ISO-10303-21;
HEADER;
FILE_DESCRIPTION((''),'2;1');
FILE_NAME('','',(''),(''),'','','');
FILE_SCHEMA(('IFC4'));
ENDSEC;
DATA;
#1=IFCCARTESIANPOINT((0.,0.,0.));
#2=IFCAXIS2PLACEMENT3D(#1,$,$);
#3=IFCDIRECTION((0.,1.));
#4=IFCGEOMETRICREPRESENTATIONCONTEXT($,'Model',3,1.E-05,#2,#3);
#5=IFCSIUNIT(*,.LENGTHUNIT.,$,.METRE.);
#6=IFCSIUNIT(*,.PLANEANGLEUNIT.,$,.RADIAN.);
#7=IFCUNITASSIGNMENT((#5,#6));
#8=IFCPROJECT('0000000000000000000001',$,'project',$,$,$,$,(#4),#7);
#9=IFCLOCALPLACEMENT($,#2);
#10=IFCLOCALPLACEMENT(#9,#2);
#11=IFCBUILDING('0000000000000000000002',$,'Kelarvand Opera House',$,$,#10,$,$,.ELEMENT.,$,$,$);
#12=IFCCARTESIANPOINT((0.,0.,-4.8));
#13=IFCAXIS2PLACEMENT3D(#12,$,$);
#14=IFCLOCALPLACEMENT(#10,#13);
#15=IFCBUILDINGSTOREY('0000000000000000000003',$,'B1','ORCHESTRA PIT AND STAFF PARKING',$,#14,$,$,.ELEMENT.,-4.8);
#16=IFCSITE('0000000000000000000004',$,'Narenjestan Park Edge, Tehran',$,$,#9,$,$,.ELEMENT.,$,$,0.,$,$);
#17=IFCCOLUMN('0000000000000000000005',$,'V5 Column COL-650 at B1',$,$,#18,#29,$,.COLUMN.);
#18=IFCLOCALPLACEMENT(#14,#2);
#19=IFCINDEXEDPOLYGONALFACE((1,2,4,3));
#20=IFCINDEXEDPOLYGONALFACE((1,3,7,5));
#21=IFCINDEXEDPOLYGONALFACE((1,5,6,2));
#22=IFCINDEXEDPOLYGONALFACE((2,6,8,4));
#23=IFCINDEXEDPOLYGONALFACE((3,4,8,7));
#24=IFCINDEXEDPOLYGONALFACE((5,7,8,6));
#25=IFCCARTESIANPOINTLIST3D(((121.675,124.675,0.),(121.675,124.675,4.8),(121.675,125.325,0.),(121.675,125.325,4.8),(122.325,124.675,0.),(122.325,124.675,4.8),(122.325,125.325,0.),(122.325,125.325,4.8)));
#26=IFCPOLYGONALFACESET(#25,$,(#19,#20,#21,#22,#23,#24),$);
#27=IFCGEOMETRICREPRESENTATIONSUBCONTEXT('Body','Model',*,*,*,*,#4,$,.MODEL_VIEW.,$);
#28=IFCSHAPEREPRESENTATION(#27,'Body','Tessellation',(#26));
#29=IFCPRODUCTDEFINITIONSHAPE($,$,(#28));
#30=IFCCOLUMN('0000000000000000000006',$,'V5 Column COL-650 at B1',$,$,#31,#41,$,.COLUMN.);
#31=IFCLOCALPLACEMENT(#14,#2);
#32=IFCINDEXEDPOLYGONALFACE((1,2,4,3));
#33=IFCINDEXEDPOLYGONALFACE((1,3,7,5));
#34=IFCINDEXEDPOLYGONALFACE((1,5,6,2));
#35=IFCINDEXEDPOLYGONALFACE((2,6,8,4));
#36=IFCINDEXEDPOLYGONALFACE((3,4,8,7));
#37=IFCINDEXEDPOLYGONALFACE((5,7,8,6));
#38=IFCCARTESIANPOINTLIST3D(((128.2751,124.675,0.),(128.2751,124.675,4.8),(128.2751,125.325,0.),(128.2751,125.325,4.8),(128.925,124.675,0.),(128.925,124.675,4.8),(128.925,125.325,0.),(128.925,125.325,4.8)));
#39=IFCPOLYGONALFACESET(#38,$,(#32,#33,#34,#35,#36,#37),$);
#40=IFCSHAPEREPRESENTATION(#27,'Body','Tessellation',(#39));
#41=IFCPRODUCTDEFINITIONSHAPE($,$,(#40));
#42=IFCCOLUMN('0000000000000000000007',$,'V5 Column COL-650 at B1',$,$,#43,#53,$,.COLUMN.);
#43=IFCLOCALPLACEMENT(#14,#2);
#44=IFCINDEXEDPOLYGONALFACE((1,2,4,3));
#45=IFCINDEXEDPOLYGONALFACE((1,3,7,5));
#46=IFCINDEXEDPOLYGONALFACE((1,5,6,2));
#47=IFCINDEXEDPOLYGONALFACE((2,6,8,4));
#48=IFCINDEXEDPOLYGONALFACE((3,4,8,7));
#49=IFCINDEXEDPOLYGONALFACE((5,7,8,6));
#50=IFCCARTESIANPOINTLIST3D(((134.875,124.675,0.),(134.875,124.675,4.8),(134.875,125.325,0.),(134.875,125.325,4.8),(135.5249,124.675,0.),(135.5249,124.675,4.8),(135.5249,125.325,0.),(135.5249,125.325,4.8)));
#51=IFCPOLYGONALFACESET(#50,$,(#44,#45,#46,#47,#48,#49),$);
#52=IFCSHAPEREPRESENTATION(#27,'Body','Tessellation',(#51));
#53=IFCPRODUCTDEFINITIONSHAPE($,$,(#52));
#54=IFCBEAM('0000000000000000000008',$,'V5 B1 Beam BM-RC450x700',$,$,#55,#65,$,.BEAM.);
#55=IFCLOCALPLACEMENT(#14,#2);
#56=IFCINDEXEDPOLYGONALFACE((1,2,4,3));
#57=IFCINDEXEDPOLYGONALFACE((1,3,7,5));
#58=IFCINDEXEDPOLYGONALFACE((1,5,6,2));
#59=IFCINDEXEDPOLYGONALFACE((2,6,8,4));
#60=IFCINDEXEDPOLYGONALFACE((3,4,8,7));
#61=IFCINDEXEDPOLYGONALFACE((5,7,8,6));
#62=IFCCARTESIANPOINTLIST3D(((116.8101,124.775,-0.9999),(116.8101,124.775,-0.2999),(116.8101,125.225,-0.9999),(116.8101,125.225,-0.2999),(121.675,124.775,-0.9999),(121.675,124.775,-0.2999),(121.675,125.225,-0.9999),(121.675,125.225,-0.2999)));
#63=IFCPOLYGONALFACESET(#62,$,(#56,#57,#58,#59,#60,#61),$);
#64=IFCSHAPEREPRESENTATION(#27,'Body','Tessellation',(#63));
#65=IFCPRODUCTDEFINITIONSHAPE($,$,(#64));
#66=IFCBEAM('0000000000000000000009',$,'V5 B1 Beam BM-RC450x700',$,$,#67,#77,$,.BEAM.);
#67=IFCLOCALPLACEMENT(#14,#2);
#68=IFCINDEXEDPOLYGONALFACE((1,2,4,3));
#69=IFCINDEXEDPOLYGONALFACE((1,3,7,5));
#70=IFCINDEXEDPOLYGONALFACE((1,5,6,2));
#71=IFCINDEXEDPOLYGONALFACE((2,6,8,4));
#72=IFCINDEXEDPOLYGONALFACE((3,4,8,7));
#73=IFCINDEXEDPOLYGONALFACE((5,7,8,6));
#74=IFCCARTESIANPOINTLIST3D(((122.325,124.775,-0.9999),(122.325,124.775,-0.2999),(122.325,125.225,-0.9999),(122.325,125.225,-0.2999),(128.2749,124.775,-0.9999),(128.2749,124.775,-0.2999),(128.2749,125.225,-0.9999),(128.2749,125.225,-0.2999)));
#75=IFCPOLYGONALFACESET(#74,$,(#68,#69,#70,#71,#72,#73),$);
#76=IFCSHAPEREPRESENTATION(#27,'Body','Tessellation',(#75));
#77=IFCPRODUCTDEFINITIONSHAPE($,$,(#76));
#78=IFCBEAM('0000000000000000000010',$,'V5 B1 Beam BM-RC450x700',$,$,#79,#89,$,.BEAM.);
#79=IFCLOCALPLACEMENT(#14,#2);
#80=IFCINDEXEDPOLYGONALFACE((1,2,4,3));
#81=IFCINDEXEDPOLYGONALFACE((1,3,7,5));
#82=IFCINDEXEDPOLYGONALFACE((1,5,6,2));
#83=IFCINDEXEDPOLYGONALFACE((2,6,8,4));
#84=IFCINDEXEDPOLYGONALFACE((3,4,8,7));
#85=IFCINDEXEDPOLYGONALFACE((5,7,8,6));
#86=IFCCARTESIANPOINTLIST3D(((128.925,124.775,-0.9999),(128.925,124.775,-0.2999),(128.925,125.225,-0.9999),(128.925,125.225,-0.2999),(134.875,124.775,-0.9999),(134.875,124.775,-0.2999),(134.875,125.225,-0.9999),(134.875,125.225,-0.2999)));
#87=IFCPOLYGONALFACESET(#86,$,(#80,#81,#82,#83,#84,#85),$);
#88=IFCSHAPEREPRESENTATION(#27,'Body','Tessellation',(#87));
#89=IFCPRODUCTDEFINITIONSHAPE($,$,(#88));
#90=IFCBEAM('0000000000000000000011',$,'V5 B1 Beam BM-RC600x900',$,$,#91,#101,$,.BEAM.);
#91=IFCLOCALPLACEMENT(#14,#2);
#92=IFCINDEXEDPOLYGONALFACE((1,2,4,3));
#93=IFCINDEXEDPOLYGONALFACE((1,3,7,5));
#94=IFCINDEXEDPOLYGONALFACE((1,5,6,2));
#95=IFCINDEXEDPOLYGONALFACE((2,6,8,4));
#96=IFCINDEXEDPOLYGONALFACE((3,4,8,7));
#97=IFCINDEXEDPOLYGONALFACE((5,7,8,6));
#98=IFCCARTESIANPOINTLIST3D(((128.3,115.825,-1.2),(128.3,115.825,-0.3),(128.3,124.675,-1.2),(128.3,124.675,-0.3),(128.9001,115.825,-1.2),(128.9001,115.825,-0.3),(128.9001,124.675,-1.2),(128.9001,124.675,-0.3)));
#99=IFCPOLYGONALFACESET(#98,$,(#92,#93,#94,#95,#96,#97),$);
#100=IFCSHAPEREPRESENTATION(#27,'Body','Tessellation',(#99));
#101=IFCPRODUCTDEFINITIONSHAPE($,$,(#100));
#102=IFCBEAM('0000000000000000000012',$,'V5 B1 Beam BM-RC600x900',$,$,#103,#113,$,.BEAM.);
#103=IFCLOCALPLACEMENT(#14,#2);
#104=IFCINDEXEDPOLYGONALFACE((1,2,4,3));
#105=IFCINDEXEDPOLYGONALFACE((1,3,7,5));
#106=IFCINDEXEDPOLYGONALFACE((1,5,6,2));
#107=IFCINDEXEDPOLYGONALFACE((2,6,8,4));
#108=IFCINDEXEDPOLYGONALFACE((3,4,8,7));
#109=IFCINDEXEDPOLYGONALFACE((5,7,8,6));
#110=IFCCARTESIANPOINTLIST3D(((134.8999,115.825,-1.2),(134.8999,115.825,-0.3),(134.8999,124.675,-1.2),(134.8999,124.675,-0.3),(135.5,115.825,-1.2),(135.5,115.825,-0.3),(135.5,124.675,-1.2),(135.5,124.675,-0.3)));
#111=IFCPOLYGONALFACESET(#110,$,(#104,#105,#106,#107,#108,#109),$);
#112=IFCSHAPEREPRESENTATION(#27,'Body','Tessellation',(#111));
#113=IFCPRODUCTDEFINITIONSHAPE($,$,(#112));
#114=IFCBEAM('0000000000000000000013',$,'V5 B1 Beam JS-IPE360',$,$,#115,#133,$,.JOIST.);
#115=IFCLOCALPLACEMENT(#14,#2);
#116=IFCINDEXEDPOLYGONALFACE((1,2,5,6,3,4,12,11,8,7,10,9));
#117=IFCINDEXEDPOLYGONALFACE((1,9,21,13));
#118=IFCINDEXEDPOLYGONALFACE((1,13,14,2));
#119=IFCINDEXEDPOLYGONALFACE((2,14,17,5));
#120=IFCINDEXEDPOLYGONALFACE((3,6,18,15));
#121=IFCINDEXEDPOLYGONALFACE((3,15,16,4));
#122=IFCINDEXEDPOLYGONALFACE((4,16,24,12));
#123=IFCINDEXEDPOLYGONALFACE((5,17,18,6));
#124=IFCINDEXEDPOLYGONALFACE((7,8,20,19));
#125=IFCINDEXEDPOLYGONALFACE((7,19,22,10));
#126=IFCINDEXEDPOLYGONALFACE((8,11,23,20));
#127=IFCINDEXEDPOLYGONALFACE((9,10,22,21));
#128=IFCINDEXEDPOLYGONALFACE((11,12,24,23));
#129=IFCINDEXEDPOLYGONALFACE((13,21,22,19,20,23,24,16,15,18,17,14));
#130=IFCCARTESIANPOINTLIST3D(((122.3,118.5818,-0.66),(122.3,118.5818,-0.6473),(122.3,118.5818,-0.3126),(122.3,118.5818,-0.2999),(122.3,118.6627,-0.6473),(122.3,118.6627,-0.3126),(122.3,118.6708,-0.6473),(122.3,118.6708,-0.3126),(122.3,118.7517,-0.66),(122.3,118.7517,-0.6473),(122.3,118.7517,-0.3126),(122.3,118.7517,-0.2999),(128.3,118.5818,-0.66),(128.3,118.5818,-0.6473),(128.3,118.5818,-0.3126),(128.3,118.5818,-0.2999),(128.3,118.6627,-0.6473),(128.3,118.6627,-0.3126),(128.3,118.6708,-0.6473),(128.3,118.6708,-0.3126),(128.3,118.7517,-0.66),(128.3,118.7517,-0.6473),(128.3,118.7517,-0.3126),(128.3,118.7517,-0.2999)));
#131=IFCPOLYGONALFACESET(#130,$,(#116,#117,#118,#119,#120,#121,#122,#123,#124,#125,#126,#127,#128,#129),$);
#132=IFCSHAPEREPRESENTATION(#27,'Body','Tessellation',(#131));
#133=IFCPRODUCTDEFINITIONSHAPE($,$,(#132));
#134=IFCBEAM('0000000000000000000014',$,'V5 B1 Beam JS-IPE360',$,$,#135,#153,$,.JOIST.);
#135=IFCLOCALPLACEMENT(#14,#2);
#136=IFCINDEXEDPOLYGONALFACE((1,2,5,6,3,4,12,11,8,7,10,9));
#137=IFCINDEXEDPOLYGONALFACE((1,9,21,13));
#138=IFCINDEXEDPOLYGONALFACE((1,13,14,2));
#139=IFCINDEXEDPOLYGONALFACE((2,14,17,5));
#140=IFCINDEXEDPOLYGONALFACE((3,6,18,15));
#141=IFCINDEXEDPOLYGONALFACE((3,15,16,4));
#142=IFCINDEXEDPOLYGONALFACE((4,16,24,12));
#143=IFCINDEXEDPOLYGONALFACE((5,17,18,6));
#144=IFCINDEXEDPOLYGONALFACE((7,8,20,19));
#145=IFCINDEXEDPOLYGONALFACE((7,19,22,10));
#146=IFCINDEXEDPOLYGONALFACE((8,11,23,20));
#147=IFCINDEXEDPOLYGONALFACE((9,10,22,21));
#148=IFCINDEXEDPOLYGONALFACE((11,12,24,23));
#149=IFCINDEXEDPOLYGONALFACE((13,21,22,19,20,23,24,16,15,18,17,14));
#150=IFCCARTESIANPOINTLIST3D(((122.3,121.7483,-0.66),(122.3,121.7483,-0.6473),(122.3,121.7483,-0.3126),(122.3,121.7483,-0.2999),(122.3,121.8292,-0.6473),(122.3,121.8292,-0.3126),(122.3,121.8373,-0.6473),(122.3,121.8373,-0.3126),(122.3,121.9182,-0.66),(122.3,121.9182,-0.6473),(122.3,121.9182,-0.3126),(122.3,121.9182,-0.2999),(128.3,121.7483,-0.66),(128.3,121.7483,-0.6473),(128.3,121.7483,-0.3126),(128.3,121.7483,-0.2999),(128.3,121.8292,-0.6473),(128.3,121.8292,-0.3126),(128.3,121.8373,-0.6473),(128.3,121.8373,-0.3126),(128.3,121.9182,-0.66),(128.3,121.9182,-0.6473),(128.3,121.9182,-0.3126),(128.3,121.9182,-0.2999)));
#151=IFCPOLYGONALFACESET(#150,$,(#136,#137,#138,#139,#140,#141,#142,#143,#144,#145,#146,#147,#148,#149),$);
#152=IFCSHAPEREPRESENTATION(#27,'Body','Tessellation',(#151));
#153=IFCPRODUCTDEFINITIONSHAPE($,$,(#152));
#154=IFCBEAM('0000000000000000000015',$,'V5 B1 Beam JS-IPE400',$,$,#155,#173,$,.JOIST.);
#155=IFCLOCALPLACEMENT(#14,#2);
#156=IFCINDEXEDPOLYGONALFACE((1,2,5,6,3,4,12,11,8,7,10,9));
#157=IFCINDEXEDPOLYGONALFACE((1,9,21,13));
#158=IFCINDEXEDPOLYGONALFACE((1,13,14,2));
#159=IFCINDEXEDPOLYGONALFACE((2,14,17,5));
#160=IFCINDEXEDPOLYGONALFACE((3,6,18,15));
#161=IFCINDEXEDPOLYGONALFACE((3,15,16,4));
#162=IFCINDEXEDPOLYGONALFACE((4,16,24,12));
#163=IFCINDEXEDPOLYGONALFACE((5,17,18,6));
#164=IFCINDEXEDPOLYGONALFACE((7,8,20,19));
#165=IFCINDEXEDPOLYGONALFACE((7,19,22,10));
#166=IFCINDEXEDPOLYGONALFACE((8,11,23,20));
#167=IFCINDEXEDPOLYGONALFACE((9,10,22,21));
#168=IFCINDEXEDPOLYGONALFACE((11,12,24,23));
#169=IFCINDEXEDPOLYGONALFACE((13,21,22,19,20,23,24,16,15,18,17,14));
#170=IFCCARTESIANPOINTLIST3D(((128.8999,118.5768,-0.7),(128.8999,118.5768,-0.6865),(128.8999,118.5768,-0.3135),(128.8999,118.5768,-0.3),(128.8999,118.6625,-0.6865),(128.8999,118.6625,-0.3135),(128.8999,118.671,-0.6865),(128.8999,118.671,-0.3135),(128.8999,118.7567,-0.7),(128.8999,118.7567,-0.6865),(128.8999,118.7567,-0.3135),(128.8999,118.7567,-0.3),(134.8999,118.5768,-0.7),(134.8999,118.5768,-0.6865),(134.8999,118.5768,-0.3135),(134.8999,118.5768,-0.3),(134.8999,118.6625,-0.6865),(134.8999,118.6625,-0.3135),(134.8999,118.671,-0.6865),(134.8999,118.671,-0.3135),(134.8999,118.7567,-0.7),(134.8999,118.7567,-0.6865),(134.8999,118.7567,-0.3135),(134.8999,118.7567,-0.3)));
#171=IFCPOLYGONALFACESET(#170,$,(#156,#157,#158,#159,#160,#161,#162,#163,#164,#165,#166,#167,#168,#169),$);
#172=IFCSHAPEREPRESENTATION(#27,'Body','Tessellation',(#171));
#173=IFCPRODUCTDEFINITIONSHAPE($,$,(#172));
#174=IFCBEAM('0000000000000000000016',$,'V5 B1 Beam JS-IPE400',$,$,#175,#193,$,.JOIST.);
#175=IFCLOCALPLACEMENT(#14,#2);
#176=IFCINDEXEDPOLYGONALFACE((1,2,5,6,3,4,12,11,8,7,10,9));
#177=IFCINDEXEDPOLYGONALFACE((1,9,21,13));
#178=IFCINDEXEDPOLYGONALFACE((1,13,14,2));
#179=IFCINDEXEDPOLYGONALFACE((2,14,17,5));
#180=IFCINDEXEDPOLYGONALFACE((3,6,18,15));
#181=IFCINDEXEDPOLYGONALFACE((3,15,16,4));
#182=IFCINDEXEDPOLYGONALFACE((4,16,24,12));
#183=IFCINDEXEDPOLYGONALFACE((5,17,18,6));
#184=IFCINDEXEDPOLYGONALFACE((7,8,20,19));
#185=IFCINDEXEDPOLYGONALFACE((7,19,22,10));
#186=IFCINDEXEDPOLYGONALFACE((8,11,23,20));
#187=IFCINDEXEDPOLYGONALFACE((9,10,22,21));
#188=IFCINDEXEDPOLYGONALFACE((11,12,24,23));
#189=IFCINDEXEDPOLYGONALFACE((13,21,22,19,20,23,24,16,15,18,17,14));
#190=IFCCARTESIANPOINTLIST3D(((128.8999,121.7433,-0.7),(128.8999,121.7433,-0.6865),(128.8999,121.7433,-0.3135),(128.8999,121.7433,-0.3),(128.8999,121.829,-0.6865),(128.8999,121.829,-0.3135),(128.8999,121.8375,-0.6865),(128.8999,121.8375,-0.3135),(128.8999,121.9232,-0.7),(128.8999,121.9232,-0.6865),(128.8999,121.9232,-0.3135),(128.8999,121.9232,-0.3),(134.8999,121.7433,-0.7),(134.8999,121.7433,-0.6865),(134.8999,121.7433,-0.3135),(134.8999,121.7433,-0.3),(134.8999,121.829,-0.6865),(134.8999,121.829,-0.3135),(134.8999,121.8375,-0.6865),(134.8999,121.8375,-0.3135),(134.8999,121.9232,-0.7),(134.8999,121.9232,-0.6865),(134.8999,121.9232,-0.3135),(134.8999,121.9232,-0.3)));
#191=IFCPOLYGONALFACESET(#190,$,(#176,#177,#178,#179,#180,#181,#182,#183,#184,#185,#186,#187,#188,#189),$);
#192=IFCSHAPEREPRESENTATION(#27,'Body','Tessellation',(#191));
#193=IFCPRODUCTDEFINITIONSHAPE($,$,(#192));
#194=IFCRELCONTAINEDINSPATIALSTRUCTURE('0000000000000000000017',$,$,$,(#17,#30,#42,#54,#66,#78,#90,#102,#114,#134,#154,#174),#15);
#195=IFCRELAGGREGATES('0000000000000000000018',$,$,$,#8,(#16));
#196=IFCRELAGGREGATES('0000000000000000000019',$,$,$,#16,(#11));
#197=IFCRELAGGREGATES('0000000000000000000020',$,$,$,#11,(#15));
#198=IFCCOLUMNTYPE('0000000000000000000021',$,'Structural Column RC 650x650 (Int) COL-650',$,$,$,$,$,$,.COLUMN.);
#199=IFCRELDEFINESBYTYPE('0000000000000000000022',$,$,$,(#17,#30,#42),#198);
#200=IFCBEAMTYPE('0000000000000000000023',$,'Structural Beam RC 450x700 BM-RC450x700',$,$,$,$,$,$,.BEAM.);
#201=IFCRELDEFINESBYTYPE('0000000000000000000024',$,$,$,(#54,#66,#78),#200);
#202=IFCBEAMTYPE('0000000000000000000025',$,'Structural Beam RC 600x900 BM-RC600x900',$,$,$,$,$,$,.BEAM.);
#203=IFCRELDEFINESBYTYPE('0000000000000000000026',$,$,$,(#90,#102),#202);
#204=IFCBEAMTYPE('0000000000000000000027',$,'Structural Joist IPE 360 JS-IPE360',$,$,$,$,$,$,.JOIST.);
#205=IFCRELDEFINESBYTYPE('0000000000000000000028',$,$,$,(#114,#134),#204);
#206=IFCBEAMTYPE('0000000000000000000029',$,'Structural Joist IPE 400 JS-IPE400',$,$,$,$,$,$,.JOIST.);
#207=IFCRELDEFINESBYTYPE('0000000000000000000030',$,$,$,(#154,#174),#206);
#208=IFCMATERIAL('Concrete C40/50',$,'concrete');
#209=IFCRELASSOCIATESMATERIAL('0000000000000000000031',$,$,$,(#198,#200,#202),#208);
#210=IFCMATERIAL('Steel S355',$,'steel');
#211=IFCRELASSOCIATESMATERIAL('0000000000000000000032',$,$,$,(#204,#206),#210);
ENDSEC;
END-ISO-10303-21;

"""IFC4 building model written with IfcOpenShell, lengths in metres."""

from ifc_helpers import new_model, si_unit, direction, frame, origin, origin_2d, place, context, subcontext, project, spatial, rectangle, i_section, extrude, material, material_profile, profile_set, type_object, element, save


model = new_model("IFC4")

# Units and contexts
model_context = context("Model", 3, precision=1e-05, world=origin(), true_north=direction((0.0, 1.0)))
body_context = subcontext(model_context, "Body", "Model", "MODEL_VIEW")
ifc_project = project(units=[si_unit("LENGTHUNIT", "METRE"), si_unit("PLANEANGLEUNIT", "RADIAN")], contexts=[model_context])

# Site, building, storey
site_placement = place(None, origin())
site = spatial("IfcSite", under=ifc_project, at=site_placement, Name="Narenjestan Park Edge, Tehran", CompositionType="ELEMENT", RefElevation=0.0)
building_placement = place(site_placement, origin())
building = spatial("IfcBuilding", under=site, at=building_placement, Name="Kelarvand Opera House", CompositionType="ELEMENT")
storey_placement = place(building_placement, frame((0.0, 0.0, -4.8)))
storey = spatial("IfcBuildingStorey", under=building, at=storey_placement, Name="B1", Description="ORCHESTRA PIT AND STAFF PARKING", CompositionType="ELEMENT", Elevation=-4.8)

# Columns
ifc_material_1 = material(Name="Concrete C40/50", Category="concrete")
ifc_material_profile_1 = material_profile(ifc_material_1, rectangle(XDim=0.6499, YDim=0.6499, at=origin_2d()), Name="RC 650x650", Category="concrete")
ifc_profile_set_1 = profile_set([ifc_material_profile_1], Name="Concrete C40/50")
column_type = type_object("IfcColumnType", Name="Structural Column RC 650x650 (Int) COL-650", PredefinedType="COLUMN", material=ifc_profile_set_1)
for number, where, z_axis, x_axis, name in (
    (1, (122.0, 125.0, 0.0), (0.0, 0.0, 1.0), (1.0, 0.0, 0.0), "V5 Column COL-650 at B1"),
    (2, (128.6001, 125.0, 0.0), (0.0, 0.0, 1.0), (1.0, 0.0, 0.0), "V5 Column COL-650 at B1"),
    (3, (135.2, 125.0, 0.0), (0.0, 0.0, 1.0), (1.0, 0.0, 0.0), "V5 Column COL-650 at B1"),
):
    element("IfcColumn", number, at=place(storey_placement, frame(where, z_axis=z_axis, x_axis=x_axis)), inside=storey, type_object=column_type, Name=name, PredefinedType="COLUMN", context=body_context, shape_type="SweptSolid", body=[
        extrude(rectangle(XDim=0.6499, YDim=0.6499, at=origin_2d()), origin(), (0.0, 0.0, 1.0), 4.8),
    ])

# Beams
ifc_material_profile_2 = material_profile(ifc_material_1, rectangle(XDim=0.45, YDim=0.7, at=origin_2d()), Name="RC 450x700", Category="concrete")
ifc_profile_set_2 = profile_set([ifc_material_profile_2], Name="Concrete C40/50")
beam_type_1 = type_object("IfcBeamType", Name="Structural Beam RC 450x700 BM-RC450x700", PredefinedType="BEAM", material=ifc_profile_set_2)
beam_placement = place(storey_placement, frame((116.8101, 125.0, -0.6499), z_axis=(1.0, 0.0, 0.0), x_axis=(0.0, 1.0, 0.0)))
element("IfcBeam", 4, at=beam_placement, inside=storey, type_object=beam_type_1, Name="V5 B1 Beam BM-RC450x700", PredefinedType="BEAM", context=body_context, shape_type="SweptSolid", body=[
    extrude(rectangle(XDim=0.45, YDim=0.7, at=origin_2d()), origin(), (0.0, 0.0, 1.0), 4.865),
])
for number, where, z_axis, x_axis, name in (
    (5, (122.325, 125.0, -0.6499), (1.0, 0.0, 0.0), (0.0, 1.0, 0.0), "V5 B1 Beam BM-RC450x700"),
    (6, (128.925, 125.0, -0.6499), (1.0, 0.0, 0.0), (0.0, 1.0, 0.0), "V5 B1 Beam BM-RC450x700"),
):
    element("IfcBeam", number, at=place(storey_placement, frame(where, z_axis=z_axis, x_axis=x_axis)), inside=storey, type_object=beam_type_1, Name=name, PredefinedType="BEAM", context=body_context, shape_type="SweptSolid", body=[
        extrude(rectangle(XDim=0.45, YDim=0.7, at=origin_2d()), origin(), (0.0, 0.0, 1.0), 5.95),
    ])
ifc_material_profile_3 = material_profile(ifc_material_1, rectangle(XDim=0.6001, YDim=0.8999, at=origin_2d()), Name="RC 600x900", Category="concrete")
ifc_profile_set_3 = profile_set([ifc_material_profile_3], Name="Concrete C40/50")
beam_type_2 = type_object("IfcBeamType", Name="Structural Beam RC 600x900 BM-RC600x900", PredefinedType="BEAM", material=ifc_profile_set_3)
for number, where, z_axis, x_axis, name in (
    (7, (128.6001, 115.825, -0.75), (0.0, 1.0, 0.0), (-1.0, 0.0, 0.0), "V5 B1 Beam BM-RC600x900"),
    (8, (135.2, 115.825, -0.75), (0.0, 1.0, 0.0), (-1.0, 0.0, 0.0), "V5 B1 Beam BM-RC600x900"),
):
    element("IfcBeam", number, at=place(storey_placement, frame(where, z_axis=z_axis, x_axis=x_axis)), inside=storey, type_object=beam_type_2, Name=name, PredefinedType="BEAM", context=body_context, shape_type="SweptSolid", body=[
        extrude(rectangle(XDim=0.6001, YDim=0.8999, at=origin_2d()), origin(), (0.0, 0.0, 1.0), 8.8501),
    ])
ifc_material_2 = material(Name="Steel S355", Category="steel")
ifc_material_profile_4 = material_profile(ifc_material_2, i_section(OverallWidth=0.1699, OverallDepth=0.3601, WebThickness=0.0081, FlangeThickness=0.0127, at=origin_2d()), Name="IPE 360", Category="steel")
ifc_profile_set_4 = profile_set([ifc_material_profile_4], Name="Steel S355")
beam_type_3 = type_object("IfcBeamType", Name="Structural Joist IPE 360 JS-IPE360", PredefinedType="JOIST", material=ifc_profile_set_4)
for number, where, z_axis, x_axis, name in (
    (9, (122.3, 118.6667, -0.48), (1.0, 0.0, 0.0), (0.0, 1.0, 0.0), "V5 B1 Beam JS-IPE360"),
    (10, (122.3, 121.8333, -0.48), (1.0, 0.0, 0.0), (0.0, 1.0, 0.0), "V5 B1 Beam JS-IPE360"),
):
    element("IfcBeam", number, at=place(storey_placement, frame(where, z_axis=z_axis, x_axis=x_axis)), inside=storey, type_object=beam_type_3, Name=name, PredefinedType="JOIST", context=body_context, shape_type="SweptSolid", body=[
        extrude(i_section(OverallWidth=0.1699, OverallDepth=0.3601, WebThickness=0.0081, FlangeThickness=0.0127, at=origin_2d()), origin(), (0.0, 0.0, 1.0), 6.0),
    ])
ifc_material_profile_5 = material_profile(ifc_material_2, i_section(OverallWidth=0.1799, OverallDepth=0.3999, WebThickness=0.0085, FlangeThickness=0.0134, at=origin_2d()), Name="IPE 400", Category="steel")
ifc_profile_set_5 = profile_set([ifc_material_profile_5], Name="Steel S355")
beam_type_4 = type_object("IfcBeamType", Name="Structural Joist IPE 400 JS-IPE400", PredefinedType="JOIST", material=ifc_profile_set_5)
for number, where, z_axis, x_axis, name in (
    (11, (128.8999, 118.6667, -0.5), (1.0, 0.0, 0.0), (0.0, 1.0, 0.0), "V5 B1 Beam JS-IPE400"),
    (12, (128.8999, 121.8333, -0.5), (1.0, 0.0, 0.0), (0.0, 1.0, 0.0), "V5 B1 Beam JS-IPE400"),
):
    element("IfcBeam", number, at=place(storey_placement, frame(where, z_axis=z_axis, x_axis=x_axis)), inside=storey, type_object=beam_type_4, Name=name, PredefinedType="JOIST", context=body_context, shape_type="SweptSolid", body=[
        extrude(i_section(OverallWidth=0.1799, OverallDepth=0.3999, WebThickness=0.0085, FlangeThickness=0.0134, at=origin_2d()), origin(), (0.0, 0.0, 1.0), 6.0),
    ])

save(model, "model.ifc")
